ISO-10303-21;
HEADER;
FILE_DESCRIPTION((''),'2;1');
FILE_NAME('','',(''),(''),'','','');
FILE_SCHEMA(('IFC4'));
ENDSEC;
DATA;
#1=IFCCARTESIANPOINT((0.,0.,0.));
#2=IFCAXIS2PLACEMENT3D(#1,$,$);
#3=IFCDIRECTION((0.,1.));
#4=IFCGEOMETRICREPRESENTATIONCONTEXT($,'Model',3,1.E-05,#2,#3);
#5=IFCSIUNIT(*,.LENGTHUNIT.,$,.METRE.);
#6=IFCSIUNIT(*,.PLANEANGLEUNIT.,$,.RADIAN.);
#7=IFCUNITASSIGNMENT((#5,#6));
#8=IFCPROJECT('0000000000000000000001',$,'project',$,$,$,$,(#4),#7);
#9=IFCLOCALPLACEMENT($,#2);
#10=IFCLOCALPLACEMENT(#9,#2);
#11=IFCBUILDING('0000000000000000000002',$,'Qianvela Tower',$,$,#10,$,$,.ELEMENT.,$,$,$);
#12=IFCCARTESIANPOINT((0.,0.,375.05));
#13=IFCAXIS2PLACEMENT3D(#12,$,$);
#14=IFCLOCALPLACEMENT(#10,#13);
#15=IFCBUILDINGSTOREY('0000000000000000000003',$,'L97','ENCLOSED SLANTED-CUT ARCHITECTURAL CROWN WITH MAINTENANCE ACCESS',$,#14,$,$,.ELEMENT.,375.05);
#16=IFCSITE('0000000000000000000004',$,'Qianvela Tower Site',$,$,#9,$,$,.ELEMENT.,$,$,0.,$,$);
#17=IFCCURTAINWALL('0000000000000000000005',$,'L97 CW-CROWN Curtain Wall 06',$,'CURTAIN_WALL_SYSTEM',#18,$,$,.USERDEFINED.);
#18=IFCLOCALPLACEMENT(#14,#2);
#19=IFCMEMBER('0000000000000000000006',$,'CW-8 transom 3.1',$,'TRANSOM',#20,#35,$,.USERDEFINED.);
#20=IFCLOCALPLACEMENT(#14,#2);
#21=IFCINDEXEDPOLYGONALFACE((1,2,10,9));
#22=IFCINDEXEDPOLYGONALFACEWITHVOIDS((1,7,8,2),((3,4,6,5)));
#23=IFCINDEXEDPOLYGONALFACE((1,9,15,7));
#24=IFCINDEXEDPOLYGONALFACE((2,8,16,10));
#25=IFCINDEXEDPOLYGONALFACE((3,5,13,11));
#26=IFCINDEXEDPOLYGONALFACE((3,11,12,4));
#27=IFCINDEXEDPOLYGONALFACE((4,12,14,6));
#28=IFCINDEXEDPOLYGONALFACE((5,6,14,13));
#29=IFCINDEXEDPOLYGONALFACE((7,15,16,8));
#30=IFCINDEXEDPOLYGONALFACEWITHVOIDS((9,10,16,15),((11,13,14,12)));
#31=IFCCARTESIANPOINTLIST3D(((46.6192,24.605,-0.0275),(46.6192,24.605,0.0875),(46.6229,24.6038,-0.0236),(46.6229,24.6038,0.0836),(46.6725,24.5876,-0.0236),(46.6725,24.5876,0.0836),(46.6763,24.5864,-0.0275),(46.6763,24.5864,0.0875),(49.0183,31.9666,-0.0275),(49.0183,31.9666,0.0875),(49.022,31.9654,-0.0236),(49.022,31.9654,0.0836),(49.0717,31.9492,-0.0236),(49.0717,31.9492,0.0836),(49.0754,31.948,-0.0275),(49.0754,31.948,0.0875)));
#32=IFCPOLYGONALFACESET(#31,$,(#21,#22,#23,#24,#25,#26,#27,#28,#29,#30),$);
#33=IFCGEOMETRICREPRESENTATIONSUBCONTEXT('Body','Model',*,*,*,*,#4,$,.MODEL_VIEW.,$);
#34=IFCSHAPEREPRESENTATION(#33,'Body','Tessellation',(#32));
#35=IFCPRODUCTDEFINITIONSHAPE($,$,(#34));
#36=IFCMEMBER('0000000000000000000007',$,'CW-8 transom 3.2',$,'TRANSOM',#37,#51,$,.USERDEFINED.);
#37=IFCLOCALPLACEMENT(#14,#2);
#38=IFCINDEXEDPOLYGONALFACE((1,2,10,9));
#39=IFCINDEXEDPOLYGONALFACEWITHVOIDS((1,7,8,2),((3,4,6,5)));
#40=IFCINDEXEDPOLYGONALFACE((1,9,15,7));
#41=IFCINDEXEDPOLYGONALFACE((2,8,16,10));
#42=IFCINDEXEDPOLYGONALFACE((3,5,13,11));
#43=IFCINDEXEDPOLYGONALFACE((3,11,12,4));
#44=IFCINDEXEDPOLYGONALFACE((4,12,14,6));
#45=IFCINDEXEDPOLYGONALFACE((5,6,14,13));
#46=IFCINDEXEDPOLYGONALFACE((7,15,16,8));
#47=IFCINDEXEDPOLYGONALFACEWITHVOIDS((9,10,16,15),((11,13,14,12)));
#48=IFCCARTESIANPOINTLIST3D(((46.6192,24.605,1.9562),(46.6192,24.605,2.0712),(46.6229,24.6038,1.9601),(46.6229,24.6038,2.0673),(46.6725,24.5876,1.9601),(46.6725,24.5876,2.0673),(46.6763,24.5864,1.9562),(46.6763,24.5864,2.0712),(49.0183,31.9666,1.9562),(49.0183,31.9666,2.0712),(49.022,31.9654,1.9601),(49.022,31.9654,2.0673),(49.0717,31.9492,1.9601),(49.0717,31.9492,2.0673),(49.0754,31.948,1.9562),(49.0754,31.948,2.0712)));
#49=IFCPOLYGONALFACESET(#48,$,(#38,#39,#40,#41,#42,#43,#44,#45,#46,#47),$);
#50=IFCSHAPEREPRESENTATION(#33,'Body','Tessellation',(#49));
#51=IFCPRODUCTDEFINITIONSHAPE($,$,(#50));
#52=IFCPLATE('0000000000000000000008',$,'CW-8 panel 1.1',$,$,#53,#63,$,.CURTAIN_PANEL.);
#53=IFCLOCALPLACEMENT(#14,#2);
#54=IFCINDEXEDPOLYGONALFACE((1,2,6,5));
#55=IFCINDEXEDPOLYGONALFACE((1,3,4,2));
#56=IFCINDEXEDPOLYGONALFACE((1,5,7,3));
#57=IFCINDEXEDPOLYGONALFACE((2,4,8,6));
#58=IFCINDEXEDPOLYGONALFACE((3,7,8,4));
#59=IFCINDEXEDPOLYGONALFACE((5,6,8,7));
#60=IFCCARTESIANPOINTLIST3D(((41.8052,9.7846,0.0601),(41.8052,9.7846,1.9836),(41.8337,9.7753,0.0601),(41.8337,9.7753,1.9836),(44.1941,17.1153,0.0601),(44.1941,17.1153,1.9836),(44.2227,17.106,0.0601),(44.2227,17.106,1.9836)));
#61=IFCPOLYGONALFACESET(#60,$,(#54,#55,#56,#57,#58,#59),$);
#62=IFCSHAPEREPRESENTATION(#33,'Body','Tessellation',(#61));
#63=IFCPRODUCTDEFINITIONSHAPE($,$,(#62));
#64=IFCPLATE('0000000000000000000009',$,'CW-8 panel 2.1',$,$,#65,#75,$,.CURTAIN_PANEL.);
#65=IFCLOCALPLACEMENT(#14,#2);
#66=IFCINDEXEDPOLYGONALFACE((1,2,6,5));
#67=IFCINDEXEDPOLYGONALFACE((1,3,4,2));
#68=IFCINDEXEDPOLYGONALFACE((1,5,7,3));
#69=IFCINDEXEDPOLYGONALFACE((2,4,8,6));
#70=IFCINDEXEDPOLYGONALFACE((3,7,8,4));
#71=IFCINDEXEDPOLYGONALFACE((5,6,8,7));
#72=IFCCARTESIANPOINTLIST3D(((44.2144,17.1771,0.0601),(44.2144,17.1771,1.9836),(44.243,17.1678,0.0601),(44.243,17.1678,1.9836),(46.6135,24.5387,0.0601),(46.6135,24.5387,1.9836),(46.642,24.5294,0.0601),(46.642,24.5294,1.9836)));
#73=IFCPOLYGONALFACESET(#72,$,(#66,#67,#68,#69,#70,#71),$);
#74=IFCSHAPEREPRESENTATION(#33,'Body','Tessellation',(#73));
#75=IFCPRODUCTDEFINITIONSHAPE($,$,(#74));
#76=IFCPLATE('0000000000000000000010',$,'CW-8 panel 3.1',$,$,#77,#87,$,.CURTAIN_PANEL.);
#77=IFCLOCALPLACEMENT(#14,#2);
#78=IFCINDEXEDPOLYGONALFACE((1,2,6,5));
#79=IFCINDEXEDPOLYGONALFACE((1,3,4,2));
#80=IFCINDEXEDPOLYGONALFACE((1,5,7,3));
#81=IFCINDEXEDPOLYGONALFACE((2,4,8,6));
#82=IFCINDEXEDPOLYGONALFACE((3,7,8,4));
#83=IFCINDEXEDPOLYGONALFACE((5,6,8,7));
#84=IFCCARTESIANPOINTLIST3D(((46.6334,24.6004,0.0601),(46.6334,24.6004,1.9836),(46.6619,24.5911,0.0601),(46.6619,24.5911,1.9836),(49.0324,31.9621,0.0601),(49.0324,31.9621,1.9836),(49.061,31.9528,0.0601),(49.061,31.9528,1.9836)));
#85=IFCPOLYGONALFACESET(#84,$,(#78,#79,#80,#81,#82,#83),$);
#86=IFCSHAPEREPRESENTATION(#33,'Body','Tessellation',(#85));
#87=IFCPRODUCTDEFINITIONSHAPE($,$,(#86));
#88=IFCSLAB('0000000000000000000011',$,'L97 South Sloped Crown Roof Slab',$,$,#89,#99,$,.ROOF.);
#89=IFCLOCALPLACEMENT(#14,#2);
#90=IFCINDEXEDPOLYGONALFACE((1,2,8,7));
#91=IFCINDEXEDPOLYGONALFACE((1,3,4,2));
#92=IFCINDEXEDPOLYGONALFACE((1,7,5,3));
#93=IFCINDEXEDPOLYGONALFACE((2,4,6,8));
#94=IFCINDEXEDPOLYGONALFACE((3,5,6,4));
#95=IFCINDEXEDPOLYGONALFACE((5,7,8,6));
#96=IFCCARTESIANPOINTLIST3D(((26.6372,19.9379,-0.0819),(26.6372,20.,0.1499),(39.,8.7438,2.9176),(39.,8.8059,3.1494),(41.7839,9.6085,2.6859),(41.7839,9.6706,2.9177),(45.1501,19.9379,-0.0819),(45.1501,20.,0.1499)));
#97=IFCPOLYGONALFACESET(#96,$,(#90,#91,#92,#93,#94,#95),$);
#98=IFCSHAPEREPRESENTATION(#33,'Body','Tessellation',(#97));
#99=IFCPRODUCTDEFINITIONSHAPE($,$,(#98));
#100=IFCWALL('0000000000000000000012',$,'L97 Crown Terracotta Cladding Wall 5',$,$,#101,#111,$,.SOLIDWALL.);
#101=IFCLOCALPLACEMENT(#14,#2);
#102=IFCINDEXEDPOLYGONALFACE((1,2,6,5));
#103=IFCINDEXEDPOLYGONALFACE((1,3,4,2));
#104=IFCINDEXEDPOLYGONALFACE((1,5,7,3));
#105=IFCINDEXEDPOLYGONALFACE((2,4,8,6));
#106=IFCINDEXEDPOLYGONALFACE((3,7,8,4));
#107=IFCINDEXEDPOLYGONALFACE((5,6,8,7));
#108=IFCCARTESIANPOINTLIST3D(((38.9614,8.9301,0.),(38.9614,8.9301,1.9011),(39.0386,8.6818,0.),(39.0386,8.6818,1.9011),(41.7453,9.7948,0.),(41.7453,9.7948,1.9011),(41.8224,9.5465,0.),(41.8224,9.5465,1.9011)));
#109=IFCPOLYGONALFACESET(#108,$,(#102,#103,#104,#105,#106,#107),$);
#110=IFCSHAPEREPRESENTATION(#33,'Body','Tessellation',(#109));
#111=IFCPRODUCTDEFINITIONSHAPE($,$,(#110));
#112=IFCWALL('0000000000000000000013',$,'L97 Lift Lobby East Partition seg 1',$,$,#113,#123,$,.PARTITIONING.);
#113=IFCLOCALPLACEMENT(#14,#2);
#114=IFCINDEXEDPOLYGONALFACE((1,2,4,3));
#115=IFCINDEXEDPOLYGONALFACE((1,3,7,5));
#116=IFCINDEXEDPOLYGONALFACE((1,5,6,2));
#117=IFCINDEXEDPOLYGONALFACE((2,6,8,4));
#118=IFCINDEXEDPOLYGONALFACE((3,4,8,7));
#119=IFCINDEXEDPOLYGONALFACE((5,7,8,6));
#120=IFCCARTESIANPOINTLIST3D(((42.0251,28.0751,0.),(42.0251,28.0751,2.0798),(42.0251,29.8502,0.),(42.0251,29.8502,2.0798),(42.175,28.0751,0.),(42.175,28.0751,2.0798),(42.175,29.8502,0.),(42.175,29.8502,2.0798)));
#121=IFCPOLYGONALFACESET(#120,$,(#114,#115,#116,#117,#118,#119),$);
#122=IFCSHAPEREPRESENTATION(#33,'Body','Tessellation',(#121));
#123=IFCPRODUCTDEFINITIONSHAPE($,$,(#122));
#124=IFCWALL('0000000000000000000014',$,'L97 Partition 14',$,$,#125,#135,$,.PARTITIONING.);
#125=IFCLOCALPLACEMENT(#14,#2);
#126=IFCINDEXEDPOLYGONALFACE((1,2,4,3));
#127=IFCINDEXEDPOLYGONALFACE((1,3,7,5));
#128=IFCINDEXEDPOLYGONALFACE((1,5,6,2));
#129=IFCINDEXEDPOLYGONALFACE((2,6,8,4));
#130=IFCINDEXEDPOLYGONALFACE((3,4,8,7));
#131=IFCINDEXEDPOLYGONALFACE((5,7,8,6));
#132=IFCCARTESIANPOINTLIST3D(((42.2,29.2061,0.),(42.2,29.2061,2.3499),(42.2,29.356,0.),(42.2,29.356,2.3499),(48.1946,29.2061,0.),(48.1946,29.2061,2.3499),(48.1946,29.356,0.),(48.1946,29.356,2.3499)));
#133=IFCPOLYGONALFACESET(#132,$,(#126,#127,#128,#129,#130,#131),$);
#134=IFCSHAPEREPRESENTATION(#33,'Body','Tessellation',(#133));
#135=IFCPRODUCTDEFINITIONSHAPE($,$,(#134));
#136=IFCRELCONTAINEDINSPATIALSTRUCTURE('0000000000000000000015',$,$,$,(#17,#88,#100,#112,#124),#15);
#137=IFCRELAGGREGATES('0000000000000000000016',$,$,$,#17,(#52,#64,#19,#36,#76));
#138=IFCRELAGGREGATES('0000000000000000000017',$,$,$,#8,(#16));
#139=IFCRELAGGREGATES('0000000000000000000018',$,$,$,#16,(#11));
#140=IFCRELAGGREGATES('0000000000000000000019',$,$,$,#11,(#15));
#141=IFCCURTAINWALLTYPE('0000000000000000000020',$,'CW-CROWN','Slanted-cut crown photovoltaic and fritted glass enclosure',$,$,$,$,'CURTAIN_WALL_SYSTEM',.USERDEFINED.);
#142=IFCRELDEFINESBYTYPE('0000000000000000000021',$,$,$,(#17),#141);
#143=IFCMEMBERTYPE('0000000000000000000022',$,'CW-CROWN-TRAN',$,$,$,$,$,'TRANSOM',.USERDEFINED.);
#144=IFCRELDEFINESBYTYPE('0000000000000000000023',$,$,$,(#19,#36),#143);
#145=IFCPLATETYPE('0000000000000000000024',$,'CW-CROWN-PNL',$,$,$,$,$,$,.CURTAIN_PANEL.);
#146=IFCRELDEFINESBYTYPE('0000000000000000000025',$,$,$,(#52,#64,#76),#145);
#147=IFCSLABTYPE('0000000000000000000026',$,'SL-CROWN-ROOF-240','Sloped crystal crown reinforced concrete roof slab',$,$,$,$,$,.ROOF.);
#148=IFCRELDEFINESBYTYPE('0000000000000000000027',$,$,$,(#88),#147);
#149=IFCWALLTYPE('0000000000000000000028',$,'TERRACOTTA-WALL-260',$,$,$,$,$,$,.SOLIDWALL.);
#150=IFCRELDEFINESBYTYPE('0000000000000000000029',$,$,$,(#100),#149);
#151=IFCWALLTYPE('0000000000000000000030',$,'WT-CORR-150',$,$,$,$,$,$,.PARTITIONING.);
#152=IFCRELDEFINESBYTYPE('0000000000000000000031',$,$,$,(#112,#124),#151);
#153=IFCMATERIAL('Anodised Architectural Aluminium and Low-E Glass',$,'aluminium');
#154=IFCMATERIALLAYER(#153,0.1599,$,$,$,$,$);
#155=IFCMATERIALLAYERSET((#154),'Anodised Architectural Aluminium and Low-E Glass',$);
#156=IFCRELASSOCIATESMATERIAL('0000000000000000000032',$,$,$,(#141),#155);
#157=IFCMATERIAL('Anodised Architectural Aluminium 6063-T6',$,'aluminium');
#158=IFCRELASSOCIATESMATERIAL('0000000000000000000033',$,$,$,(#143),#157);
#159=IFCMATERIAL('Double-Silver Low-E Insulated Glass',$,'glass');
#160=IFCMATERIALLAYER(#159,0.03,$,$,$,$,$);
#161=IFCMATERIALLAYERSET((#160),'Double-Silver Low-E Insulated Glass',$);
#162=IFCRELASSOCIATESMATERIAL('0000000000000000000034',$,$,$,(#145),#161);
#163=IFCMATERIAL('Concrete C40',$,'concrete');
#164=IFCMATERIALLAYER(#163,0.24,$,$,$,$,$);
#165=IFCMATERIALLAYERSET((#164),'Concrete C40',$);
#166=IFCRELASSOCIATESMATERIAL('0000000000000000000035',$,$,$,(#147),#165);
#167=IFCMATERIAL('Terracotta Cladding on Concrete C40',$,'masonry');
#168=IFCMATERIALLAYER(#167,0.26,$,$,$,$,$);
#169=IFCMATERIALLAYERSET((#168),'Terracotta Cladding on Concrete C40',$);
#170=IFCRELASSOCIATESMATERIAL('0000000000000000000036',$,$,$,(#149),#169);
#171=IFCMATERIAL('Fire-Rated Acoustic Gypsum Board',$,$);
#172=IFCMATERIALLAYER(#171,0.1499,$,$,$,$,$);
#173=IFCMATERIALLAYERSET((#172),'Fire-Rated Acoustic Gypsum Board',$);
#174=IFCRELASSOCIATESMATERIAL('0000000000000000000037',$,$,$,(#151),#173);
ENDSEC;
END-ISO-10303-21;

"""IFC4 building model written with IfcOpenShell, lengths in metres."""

from ifc_helpers import new_model, si_unit, direction, frame, frame_2d, origin, origin_2d, place, context, subcontext, project, spatial, polyline, rectangle, hollow_rectangle, outline, extrude, material, layer, layer_set, material_profile, profile_set, type_object, element, aggregate, save


model = new_model("IFC4")

# Units and contexts
model_context = context("Model", 3, precision=1e-05, world=origin(), true_north=direction((0.0, 1.0)))
body_context = subcontext(model_context, "Body", "Model", "MODEL_VIEW")
ifc_project = project(units=[si_unit("LENGTHUNIT", "METRE"), si_unit("PLANEANGLEUNIT", "RADIAN")], contexts=[model_context])

# Site, building, storey
site_placement = place(None, origin())
site = spatial("IfcSite", under=ifc_project, at=site_placement, Name="Qianvela Tower Site", CompositionType="ELEMENT", RefElevation=0.0)
building_placement = place(site_placement, origin())
building = spatial("IfcBuilding", under=site, at=building_placement, Name="Qianvela Tower", CompositionType="ELEMENT")
storey_placement = place(building_placement, frame((0.0, 0.0, 375.05)))
storey = spatial("IfcBuildingStorey", under=building, at=storey_placement, Name="L97", Description="ENCLOSED SLANTED-CUT ARCHITECTURAL CROWN WITH MAINTENANCE ACCESS", CompositionType="ELEMENT", Elevation=375.05)

# Shared definitions
ifc_material_1 = material(Name="Anodised Architectural Aluminium and Low-E Glass", Category="aluminium")
ifc_layer_1 = layer(ifc_material_1, 0.1599)
ifc_layer_set_1 = layer_set([ifc_layer_1], Name="Anodised Architectural Aluminium and Low-E Glass")
curtain_wall_type = type_object("IfcCurtainWallType", Name="CW-CROWN", Description="Slanted-cut crown photovoltaic and fritted glass enclosure", ElementType="CURTAIN_WALL_SYSTEM", PredefinedType="USERDEFINED", material=ifc_layer_set_1)

# Curtain wall, members, plates
curtain_wall_1_placement = place(storey_placement, origin())
curtain_wall_1 = element("IfcCurtainWall", 1, at=curtain_wall_1_placement, inside=storey, type_object=curtain_wall_type, Name="L97 CW-CROWN Curtain Wall 06", ObjectType="CURTAIN_WALL_SYSTEM", PredefinedType="USERDEFINED")
ifc_material_2 = material(Name="Anodised Architectural Aluminium 6063-T6", Category="aluminium")
ifc_material_profile_1 = material_profile(ifc_material_2, hollow_rectangle(XDim=0.0601, YDim=0.115, WallThickness=0.0039, at=origin_2d()), Name="ALU-TRAN-60x115")
ifc_profile_set_1 = profile_set([ifc_material_profile_1], Name="Anodised Architectural Aluminium 6063-T6")
member_type_1 = type_object("IfcMemberType", Name="CW-CROWN-TRAN", ElementType="TRANSOM", PredefinedType="USERDEFINED", material=ifc_profile_set_1)
member_1_placement = place(storey_placement, frame((46.6477, 24.5957, 0.03), z_axis=(0.309864, 0.950781, 0.0), x_axis=(-0.950781, 0.309864, 0.0)))
member_1 = element("IfcMember", 2, at=member_1_placement, type_object=member_type_1, Name="CW-8 transom 3.1", ObjectType="TRANSOM", PredefinedType="USERDEFINED", context=body_context, shape_type="SweptSolid", body=[
    extrude(hollow_rectangle(XDim=0.0601, YDim=0.115, WallThickness=0.0039, at=origin_2d()), origin(), (0.0, 0.0, 1.0), 7.7427),
])
member_2_placement = place(storey_placement, frame((46.6477, 24.5957, 2.0137), z_axis=(0.309864, 0.950781, 0.0), x_axis=(-0.950781, 0.309864, 0.0)))
member_2 = element("IfcMember", 3, at=member_2_placement, type_object=member_type_1, Name="CW-8 transom 3.2", ObjectType="TRANSOM", PredefinedType="USERDEFINED", context=body_context, shape_type="SweptSolid", body=[
    extrude(hollow_rectangle(XDim=0.0601, YDim=0.115, WallThickness=0.0039, at=origin_2d()), origin(), (0.0, 0.0, 1.0), 7.7427),
])
ifc_material_3 = material(Name="Double-Silver Low-E Insulated Glass", Category="glass")
ifc_layer_2 = layer(ifc_material_3, 0.03)
ifc_layer_set_2 = layer_set([ifc_layer_2], Name="Double-Silver Low-E Insulated Glass")
plate_type = type_object("IfcPlateType", Name="CW-CROWN-PNL", PredefinedType="CURTAIN_PANEL", material=ifc_layer_set_2)
plate_1_placement = place(storey_placement, frame((43.0139, 13.4453, 0.0601), z_axis=(0.0, 0.0, 1.0), x_axis=(0.309846, 0.950787, 0.0)))
plate_1 = element("IfcPlate", 4, at=plate_1_placement, type_object=plate_type, Name="CW-8 panel 1.1", PredefinedType="CURTAIN_PANEL", context=body_context, shape_type="SweptSolid", body=[
    extrude(rectangle(XDim=7.7102, YDim=0.03, at=origin_2d()), origin(), (0.0, 0.0, 1.0), 1.9236),
])
plate_2_placement = place(storey_placement, frame((45.4282, 20.8533, 0.0601), z_axis=(0.0, 0.0, 1.0), x_axis=(0.309846, 0.950787, 0.0)))
plate_2 = element("IfcPlate", 5, at=plate_2_placement, type_object=plate_type, Name="CW-8 panel 2.1", PredefinedType="CURTAIN_PANEL", context=body_context, shape_type="SweptSolid", body=[
    extrude(rectangle(XDim=7.7427, YDim=0.03, at=origin_2d()), origin(), (0.0, 0.0, 1.0), 1.9236),
])
plate_3_placement = place(storey_placement, frame((47.8472, 28.2766, 0.0601), z_axis=(0.0, 0.0, 1.0), x_axis=(0.309846, 0.950787, 0.0)))
plate_3 = element("IfcPlate", 6, at=plate_3_placement, type_object=plate_type, Name="CW-8 panel 3.1", PredefinedType="CURTAIN_PANEL", context=body_context, shape_type="SweptSolid", body=[
    extrude(rectangle(XDim=7.7427, YDim=0.03, at=origin_2d()), origin(), (0.0, 0.0, 1.0), 1.9236),
])
aggregate(curtain_wall_1, [plate_1, plate_2, member_1, member_2, plate_3])

# Slab
ifc_material_4 = material(Name="Concrete C40", Category="concrete")
ifc_layer_3 = layer(ifc_material_4, 0.24)
ifc_layer_set_3 = layer_set([ifc_layer_3], Name="Concrete C40")
slab_type = type_object("IfcSlabType", Name="SL-CROWN-ROOF-240", Description="Sloped crystal crown reinforced concrete roof slab", PredefinedType="ROOF", material=ifc_layer_set_3)
slab_placement = place(storey_placement, frame((45.1501, 20.0, 0.1499), z_axis=(-0.000001, 0.258825, 0.965924), x_axis=(-1.0, 0.0, -0.000001)))
element("IfcSlab", 7, at=slab_placement, inside=storey, type_object=slab_type, Name="L97 South Sloped Crown Roof Slab", PredefinedType="ROOF", context=body_context, shape_type="SweptSolid", body=[
    extrude(outline(polyline([(0.0, 0.0), (18.5129, 0.0), (6.1501, 11.589), (3.3662, 10.6937), (0.0, 0.0)])), origin(), (0.0, 0.0, -1.0), 0.24),
])

# Walls
ifc_material_5 = material(Name="Terracotta Cladding on Concrete C40", Category="masonry")
ifc_layer_4 = layer(ifc_material_5, 0.26)
ifc_layer_set_4 = layer_set([ifc_layer_4], Name="Terracotta Cladding on Concrete C40")
wall_type_1 = type_object("IfcWallType", Name="TERRACOTTA-WALL-260", PredefinedType="SOLIDWALL", material=ifc_layer_set_4)
wall_1_placement = place(storey_placement, frame((39.0, 8.8059, 0.0), z_axis=(0.0, 0.0, 1.0), x_axis=(0.95499, 0.296639, 0.0)))
element("IfcWall", 8, at=wall_1_placement, inside=storey, type_object=wall_type_1, Name="L97 Crown Terracotta Cladding Wall 5", PredefinedType="SOLIDWALL", context=body_context, shape_type="SweptSolid", body=[
    extrude(rectangle(XDim=2.915, YDim=0.26, at=frame_2d((1.4575, 0.0))), origin(), (0.0, 0.0, 1.0), 1.9011),
])
ifc_material_6 = material(Name="Fire-Rated Acoustic Gypsum Board")
ifc_layer_5 = layer(ifc_material_6, 0.1499)
ifc_layer_set_5 = layer_set([ifc_layer_5], Name="Fire-Rated Acoustic Gypsum Board")
wall_type_2 = type_object("IfcWallType", Name="WT-CORR-150", PredefinedType="PARTITIONING", material=ifc_layer_set_5)
wall_2_placement = place(storey_placement, frame((42.1001, 28.075, 0.0), z_axis=(0.0, 0.0, 1.0), x_axis=(0.0, 1.0, 0.0)))
element("IfcWall", 9, at=wall_2_placement, inside=storey, type_object=wall_type_2, Name="L97 Lift Lobby East Partition seg 1", PredefinedType="PARTITIONING", context=body_context, shape_type="SweptSolid", body=[
    extrude(rectangle(XDim=1.7751, YDim=0.1499, at=frame_2d((0.8877, 0.0))), origin(), (0.0, 0.0, 1.0), 2.0798),
])
wall_3_placement = place(storey_placement, frame((48.1946, 29.281, 0.0), z_axis=(0.0, 0.0, 1.0), x_axis=(-1.0, 0.0, 0.0)))
element("IfcWall", 10, at=wall_3_placement, inside=storey, type_object=wall_type_2, Name="L97 Partition 14", PredefinedType="PARTITIONING", context=body_context, shape_type="SweptSolid", body=[
    extrude(rectangle(XDim=5.9946, YDim=0.1499, at=frame_2d((2.9973, 0.0))), origin(), (0.0, 0.0, 1.0), 2.3499),
])

save(model, "model.ifc")
